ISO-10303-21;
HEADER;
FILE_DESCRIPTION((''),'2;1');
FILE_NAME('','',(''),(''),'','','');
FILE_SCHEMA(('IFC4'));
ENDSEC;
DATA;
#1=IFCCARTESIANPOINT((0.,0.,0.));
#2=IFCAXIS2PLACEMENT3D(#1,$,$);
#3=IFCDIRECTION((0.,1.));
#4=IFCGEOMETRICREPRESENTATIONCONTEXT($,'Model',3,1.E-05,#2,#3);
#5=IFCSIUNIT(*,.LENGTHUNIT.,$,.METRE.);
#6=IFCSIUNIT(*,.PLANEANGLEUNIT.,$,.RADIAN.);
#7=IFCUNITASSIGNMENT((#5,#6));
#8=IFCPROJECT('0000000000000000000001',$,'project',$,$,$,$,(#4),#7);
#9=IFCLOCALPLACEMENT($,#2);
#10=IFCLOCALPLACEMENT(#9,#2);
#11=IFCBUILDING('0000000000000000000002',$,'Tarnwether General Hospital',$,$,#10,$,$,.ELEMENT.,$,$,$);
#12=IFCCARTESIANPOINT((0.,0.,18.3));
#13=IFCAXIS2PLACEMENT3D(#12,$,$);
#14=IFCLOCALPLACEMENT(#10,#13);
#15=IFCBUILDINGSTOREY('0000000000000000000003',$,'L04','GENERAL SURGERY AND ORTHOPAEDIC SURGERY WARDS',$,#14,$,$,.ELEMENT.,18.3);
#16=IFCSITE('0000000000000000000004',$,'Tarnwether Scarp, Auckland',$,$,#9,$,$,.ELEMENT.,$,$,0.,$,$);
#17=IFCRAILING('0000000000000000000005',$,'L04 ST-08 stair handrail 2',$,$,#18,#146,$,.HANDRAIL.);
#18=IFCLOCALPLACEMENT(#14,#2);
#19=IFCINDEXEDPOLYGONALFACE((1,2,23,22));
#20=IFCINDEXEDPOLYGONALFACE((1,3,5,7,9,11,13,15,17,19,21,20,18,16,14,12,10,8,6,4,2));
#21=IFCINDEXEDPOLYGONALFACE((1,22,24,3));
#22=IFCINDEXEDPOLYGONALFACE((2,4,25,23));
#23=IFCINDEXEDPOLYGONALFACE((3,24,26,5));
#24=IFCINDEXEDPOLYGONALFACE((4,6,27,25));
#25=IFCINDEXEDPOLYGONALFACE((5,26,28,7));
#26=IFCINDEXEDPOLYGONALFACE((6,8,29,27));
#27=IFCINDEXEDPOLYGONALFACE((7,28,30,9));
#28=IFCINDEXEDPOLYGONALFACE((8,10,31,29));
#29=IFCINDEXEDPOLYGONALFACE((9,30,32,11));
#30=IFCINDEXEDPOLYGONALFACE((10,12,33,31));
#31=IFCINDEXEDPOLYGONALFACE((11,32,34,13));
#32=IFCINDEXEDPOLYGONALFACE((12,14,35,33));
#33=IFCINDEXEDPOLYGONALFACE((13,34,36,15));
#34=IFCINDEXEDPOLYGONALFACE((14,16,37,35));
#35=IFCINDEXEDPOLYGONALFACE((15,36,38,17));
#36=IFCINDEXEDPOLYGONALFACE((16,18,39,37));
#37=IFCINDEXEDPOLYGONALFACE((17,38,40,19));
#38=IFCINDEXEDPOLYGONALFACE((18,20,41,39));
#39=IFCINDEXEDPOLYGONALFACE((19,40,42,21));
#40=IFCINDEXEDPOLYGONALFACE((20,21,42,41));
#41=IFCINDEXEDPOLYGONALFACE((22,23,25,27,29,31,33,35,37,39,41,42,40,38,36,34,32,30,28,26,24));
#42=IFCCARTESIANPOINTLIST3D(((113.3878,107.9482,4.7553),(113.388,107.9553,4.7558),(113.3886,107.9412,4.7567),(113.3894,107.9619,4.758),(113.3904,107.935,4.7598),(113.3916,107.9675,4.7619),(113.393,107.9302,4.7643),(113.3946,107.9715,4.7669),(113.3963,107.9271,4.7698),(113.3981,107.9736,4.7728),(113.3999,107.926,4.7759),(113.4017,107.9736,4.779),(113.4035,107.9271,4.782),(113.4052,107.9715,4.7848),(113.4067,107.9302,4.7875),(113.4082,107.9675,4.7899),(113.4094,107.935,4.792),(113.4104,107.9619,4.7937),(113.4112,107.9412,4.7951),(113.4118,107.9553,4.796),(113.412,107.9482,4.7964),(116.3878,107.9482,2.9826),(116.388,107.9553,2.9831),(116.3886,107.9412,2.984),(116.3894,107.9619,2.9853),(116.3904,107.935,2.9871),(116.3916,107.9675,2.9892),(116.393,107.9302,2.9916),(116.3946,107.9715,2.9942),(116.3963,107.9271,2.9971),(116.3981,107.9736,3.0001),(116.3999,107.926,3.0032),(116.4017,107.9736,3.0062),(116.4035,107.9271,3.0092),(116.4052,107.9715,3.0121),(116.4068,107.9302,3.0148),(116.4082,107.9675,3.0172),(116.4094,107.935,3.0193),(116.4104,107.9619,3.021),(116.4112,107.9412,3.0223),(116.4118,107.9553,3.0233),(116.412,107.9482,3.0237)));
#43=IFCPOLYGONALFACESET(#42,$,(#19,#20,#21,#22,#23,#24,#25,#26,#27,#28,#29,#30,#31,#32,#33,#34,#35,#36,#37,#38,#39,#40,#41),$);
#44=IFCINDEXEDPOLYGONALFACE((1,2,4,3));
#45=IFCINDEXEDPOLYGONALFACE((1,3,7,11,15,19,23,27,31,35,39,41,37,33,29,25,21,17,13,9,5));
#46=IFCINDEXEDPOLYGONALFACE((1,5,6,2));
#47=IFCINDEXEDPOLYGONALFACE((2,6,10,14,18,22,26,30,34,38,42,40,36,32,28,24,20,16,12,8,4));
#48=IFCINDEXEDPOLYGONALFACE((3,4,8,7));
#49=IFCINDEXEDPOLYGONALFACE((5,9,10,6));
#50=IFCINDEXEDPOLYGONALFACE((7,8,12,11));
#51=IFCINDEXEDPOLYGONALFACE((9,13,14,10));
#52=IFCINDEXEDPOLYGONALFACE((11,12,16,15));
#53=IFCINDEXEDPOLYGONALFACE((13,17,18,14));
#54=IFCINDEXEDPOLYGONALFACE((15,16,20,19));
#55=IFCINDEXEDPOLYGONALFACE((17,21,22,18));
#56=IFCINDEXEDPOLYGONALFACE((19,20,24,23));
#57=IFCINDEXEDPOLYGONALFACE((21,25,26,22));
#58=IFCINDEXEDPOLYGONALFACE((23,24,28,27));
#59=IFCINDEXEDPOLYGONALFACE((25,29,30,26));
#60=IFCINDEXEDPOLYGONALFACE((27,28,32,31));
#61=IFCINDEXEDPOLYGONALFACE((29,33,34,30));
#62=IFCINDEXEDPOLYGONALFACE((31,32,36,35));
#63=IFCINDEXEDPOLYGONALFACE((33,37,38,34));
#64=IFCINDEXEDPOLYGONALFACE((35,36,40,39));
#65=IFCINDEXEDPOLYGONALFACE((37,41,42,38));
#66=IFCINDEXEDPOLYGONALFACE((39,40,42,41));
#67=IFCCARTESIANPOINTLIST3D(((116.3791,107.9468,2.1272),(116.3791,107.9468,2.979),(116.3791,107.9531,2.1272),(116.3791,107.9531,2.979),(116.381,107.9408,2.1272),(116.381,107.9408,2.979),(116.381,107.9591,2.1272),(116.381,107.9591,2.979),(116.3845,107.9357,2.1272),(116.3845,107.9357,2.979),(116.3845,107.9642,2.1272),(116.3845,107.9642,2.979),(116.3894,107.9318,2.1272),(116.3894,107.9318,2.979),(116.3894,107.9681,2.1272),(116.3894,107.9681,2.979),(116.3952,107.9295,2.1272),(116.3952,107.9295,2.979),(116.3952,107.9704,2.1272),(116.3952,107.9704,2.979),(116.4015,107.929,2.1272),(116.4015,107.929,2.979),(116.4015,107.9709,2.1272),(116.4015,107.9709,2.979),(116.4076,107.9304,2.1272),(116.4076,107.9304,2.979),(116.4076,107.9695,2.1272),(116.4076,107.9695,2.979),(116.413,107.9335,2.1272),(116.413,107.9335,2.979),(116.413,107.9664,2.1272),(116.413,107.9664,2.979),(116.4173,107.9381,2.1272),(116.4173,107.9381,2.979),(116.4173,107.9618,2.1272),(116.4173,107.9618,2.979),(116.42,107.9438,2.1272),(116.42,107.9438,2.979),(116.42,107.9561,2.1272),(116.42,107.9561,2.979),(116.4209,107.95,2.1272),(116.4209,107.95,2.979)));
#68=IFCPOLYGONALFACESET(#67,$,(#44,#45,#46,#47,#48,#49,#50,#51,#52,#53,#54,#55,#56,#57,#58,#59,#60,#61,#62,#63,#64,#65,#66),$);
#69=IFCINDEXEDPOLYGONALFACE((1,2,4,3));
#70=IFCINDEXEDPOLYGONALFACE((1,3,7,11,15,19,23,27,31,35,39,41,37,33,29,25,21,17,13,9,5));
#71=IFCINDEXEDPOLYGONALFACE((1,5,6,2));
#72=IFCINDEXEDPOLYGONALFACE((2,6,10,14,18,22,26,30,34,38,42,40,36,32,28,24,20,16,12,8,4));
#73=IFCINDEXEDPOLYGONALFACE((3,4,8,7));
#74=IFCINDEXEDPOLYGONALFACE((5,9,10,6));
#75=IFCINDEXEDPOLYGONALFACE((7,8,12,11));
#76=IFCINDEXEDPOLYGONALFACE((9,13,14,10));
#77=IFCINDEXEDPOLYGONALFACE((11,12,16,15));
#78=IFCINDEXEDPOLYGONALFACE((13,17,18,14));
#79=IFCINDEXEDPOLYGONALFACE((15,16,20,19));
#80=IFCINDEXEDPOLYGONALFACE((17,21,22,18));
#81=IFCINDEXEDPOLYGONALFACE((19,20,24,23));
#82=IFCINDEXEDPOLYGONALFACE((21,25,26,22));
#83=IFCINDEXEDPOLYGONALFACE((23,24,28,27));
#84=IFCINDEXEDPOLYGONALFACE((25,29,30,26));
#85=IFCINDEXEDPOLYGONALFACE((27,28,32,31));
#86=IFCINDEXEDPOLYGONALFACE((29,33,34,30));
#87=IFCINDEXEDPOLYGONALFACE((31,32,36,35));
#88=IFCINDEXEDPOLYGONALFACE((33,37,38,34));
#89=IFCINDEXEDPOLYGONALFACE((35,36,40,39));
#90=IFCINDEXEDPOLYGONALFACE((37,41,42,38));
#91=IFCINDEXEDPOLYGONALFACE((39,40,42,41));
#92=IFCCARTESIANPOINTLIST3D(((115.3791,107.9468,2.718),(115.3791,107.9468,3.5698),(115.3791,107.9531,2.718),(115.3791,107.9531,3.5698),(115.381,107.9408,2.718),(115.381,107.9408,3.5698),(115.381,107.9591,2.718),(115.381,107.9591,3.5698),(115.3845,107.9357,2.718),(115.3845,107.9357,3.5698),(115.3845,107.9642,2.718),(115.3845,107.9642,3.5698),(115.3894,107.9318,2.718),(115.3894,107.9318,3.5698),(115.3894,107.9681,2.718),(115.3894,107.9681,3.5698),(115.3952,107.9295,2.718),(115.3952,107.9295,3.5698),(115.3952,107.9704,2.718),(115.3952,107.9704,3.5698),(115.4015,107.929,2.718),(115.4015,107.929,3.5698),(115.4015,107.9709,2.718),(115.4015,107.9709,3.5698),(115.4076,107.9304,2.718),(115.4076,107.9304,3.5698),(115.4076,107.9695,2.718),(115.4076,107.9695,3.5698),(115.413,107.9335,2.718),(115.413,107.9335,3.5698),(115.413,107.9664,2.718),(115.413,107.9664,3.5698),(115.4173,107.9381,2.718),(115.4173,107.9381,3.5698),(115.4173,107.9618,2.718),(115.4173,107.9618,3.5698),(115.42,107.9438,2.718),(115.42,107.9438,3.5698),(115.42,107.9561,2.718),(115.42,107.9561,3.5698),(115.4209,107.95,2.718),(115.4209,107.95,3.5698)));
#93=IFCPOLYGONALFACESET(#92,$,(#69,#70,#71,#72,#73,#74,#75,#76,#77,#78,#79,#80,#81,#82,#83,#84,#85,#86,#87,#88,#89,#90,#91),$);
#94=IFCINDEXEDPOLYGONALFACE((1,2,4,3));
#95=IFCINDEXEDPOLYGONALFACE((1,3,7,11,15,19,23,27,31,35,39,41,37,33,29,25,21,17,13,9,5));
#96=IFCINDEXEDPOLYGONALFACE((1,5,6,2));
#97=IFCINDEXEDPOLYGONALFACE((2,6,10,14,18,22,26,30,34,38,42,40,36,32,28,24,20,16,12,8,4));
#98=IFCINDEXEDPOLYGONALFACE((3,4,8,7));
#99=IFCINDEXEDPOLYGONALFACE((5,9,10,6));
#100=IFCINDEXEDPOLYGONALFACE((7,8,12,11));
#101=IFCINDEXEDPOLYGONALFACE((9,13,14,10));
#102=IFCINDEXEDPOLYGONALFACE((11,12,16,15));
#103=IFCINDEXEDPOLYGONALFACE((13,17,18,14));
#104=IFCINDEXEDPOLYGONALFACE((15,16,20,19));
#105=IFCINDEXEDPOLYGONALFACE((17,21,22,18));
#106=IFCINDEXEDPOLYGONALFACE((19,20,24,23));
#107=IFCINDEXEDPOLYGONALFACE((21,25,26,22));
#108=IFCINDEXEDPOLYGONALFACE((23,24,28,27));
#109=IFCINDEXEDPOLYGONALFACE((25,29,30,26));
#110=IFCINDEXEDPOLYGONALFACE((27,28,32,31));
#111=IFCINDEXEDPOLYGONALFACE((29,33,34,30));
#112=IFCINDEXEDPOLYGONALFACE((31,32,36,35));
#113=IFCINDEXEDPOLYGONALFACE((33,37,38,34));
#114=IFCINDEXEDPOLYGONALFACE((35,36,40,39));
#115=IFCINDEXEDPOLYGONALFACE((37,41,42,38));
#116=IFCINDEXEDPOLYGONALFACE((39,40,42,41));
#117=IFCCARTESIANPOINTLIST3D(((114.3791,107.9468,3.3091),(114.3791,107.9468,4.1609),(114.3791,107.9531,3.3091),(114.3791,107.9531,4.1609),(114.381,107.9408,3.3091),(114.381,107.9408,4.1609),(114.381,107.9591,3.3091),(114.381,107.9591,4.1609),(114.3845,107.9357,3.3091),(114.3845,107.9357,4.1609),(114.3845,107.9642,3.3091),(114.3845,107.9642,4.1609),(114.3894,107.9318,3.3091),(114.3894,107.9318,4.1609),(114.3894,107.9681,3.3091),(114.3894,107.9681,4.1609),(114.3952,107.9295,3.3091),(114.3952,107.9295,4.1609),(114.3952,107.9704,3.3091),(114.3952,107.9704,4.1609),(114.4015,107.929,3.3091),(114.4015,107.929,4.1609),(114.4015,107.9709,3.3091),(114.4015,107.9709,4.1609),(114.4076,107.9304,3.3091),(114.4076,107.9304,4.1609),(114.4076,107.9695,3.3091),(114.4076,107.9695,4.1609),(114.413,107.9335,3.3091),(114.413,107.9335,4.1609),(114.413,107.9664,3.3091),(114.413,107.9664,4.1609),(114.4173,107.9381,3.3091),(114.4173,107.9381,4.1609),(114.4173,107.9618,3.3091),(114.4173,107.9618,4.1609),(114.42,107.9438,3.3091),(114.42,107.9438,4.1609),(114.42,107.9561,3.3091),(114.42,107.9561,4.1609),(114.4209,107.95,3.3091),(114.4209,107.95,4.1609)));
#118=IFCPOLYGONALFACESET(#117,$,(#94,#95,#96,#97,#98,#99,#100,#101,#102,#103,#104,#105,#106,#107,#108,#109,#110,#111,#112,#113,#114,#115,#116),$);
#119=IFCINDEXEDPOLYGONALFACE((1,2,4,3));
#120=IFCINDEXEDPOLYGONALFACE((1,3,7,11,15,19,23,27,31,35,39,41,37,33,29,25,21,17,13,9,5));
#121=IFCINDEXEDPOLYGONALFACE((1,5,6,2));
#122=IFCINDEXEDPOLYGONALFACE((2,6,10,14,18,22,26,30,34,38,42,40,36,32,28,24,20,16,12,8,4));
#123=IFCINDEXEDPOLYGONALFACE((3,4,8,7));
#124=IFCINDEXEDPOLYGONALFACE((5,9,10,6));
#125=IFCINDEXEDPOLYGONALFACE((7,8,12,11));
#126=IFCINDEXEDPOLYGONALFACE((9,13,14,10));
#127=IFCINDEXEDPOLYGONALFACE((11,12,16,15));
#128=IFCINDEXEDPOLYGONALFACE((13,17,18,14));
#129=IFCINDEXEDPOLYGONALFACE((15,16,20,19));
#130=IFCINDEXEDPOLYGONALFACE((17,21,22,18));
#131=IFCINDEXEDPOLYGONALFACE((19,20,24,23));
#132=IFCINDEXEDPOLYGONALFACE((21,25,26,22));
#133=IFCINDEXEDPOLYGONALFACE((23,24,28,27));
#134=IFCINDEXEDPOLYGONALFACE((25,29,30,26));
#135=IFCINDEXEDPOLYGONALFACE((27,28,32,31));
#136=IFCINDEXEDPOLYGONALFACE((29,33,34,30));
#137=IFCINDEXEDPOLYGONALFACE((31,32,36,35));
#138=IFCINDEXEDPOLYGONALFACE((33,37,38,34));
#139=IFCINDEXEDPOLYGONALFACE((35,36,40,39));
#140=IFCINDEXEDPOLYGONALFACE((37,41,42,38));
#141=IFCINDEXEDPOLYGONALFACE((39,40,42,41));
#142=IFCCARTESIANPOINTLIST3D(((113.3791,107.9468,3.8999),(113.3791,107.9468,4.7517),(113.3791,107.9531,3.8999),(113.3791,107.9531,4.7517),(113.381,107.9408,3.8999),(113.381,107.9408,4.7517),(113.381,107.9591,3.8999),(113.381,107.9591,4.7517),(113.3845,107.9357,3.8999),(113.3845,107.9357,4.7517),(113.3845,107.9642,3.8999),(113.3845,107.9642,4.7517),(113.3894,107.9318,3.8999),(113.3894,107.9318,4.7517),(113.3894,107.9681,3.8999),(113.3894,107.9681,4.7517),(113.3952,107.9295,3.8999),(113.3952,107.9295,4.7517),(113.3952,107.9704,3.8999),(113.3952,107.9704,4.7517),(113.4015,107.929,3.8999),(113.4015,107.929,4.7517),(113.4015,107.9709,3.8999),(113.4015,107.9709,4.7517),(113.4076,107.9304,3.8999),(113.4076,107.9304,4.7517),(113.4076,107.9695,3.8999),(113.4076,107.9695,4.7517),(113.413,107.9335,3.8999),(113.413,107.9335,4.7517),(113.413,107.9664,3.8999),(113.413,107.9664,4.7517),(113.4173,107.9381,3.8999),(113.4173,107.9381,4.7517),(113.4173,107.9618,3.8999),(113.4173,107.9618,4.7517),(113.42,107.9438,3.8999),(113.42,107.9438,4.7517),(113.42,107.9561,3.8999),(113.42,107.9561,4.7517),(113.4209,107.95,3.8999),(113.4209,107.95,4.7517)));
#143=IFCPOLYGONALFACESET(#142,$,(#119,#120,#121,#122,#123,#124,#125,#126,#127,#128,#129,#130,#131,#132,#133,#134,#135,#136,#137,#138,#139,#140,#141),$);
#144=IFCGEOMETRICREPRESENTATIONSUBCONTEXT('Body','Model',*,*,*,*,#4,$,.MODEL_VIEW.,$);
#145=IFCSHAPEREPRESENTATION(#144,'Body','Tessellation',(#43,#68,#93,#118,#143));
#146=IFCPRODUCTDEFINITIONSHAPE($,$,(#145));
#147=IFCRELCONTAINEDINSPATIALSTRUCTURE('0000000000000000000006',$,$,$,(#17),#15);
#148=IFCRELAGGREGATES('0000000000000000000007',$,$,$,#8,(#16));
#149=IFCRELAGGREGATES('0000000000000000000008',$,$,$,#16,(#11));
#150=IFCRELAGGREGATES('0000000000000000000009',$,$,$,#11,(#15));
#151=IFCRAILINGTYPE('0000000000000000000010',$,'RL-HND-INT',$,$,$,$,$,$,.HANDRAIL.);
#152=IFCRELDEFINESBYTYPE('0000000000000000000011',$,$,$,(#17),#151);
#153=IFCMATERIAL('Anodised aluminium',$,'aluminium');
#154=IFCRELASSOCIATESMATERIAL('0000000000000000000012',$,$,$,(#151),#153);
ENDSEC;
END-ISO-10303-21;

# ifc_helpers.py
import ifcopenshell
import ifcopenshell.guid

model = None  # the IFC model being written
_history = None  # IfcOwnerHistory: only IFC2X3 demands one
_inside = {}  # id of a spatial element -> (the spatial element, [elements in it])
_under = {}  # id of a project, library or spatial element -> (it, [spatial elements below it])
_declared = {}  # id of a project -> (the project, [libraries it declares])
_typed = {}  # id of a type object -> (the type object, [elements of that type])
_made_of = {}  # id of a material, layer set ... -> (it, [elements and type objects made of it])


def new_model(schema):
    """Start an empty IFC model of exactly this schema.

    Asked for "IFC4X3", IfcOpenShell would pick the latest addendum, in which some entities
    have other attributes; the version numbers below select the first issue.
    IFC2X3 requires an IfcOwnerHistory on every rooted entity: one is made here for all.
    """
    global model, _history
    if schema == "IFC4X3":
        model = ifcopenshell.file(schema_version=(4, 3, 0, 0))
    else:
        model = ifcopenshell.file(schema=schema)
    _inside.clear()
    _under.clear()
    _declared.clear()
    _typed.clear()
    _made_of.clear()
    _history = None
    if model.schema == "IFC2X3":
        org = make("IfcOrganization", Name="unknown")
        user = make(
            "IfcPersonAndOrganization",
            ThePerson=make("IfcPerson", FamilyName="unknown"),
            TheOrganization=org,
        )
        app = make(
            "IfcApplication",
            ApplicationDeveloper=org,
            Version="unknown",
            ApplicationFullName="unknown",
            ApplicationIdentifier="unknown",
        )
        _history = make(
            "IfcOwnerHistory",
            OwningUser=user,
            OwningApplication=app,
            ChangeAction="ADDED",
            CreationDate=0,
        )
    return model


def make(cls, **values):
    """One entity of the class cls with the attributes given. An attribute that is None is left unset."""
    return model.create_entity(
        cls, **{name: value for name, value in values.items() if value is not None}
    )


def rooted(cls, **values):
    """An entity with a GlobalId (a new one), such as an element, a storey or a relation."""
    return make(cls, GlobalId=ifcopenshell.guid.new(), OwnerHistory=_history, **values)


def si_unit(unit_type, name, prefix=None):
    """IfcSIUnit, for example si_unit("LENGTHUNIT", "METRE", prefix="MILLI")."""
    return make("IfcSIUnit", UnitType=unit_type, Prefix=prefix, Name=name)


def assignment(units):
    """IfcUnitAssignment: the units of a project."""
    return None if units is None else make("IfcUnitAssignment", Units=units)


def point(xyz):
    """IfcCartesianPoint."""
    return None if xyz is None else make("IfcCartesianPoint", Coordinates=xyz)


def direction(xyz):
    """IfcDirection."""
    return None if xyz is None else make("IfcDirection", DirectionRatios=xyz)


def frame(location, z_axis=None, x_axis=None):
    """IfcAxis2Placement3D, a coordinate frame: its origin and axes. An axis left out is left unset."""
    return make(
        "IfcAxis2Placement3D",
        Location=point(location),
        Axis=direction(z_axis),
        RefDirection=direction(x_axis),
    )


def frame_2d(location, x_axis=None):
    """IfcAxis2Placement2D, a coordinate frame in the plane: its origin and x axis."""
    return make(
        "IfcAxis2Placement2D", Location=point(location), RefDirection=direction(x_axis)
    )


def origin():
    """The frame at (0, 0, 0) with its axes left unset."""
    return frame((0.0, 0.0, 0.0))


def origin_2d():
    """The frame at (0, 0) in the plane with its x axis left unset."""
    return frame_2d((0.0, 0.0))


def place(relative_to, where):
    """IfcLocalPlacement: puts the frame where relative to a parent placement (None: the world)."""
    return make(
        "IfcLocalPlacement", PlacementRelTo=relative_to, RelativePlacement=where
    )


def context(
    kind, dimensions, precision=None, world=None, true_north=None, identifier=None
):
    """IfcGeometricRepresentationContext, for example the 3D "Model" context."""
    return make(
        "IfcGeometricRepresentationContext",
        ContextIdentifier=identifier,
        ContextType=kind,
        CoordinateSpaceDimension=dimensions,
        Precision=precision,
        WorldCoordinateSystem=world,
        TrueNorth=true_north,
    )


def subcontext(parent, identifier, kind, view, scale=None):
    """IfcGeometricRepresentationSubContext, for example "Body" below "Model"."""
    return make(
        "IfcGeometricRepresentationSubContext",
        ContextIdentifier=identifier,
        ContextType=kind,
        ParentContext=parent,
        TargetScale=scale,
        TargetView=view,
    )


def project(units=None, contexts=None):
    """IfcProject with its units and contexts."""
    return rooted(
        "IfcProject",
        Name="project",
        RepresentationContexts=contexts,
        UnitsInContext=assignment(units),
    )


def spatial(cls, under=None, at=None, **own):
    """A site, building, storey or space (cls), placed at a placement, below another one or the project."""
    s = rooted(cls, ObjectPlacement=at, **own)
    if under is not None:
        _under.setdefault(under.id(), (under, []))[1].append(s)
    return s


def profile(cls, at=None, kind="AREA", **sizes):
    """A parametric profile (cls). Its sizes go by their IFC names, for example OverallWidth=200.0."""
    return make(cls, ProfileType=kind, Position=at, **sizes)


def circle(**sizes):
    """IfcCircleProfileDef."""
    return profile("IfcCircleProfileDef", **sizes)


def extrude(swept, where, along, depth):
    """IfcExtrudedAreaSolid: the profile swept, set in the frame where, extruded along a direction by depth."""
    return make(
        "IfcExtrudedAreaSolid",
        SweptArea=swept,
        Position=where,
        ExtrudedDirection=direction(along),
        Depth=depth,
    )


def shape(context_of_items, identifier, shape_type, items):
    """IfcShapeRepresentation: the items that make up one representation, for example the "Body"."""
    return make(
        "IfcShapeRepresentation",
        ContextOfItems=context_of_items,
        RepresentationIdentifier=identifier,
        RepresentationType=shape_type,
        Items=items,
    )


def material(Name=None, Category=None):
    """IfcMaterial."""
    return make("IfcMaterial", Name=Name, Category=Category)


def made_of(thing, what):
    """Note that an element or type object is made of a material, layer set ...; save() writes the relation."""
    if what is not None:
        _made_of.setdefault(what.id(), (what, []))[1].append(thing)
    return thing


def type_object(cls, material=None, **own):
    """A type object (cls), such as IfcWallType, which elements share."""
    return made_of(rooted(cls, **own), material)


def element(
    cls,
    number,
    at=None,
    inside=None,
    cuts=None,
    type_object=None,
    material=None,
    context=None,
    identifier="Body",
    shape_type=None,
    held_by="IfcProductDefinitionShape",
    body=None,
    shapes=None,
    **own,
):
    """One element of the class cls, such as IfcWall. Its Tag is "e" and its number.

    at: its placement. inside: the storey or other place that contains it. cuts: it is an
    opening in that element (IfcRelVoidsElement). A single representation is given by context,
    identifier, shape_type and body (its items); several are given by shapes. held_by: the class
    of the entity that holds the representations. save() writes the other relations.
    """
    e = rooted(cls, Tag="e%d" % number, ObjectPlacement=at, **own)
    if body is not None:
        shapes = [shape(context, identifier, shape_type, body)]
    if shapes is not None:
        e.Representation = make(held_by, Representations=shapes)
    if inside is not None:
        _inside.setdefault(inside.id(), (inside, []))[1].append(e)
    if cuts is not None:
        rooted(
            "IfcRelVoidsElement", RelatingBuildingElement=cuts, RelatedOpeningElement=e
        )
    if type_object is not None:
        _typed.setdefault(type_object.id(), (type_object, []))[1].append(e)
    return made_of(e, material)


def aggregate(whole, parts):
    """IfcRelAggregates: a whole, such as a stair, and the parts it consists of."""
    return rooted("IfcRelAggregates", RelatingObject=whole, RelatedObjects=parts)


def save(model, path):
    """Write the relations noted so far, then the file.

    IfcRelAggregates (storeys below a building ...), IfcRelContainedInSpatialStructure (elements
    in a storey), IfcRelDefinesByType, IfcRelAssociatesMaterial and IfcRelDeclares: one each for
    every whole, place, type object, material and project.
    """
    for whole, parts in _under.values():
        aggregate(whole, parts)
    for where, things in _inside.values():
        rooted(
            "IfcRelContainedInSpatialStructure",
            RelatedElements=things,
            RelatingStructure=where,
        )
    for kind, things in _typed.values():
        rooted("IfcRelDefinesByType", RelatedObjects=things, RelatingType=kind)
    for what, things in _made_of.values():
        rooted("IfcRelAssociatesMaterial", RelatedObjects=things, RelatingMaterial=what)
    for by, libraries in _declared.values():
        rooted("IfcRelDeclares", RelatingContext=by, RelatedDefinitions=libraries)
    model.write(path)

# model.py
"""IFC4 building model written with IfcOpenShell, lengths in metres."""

from ifc_helpers import new_model, si_unit, direction, frame, origin, origin_2d, place, context, subcontext, project, spatial, circle, extrude, material, type_object, element, save


model = new_model("IFC4")

# Units and contexts
model_context = context("Model", 3, precision=1e-05, world=origin(), true_north=direction((0.0, 1.0)))
body_context = subcontext(model_context, "Body", "Model", "MODEL_VIEW")
ifc_project = project(units=[si_unit("LENGTHUNIT", "METRE"), si_unit("PLANEANGLEUNIT", "RADIAN")], contexts=[model_context])

# Site, building, storey
site_placement = place(None, origin())
site = spatial("IfcSite", under=ifc_project, at=site_placement, Name="Tarnwether Scarp, Auckland", CompositionType="ELEMENT", RefElevation=0.0)
building_placement = place(site_placement, origin())
building = spatial("IfcBuilding", under=site, at=building_placement, Name="Tarnwether General Hospital", CompositionType="ELEMENT")
storey_placement = place(building_placement, frame((0.0, 0.0, 18.3)))
storey = spatial("IfcBuildingStorey", under=building, at=storey_placement, Name="L04", Description="GENERAL SURGERY AND ORTHOPAEDIC SURGERY WARDS", CompositionType="ELEMENT", Elevation=18.3)

# Railing
ifc_material_1 = material(Name="Anodised aluminium", Category="aluminium")
railing_type_1 = type_object("IfcRailingType", Name="RL-HND-INT", PredefinedType="HANDRAIL", material=ifc_material_1)
railing_1_placement = place(storey_placement, frame((116.3999, 107.95, 2.1272)))
element("IfcRailing", 1, at=railing_1_placement, inside=storey, type_object=railing_type_1, Name="L04 ST-08 stair handrail 2", PredefinedType="HANDRAIL", context=body_context, shape_type="SweptSolid", body=[
    extrude(circle(Radius=0.0239, at=origin_2d()), frame((0.0, 0.0, 0.876), z_axis=(-0.860929, 0.0, 0.508725), x_axis=(0.0, -1.0, 0.0)), (0.0, 0.0, 1.0), 3.4846),
    extrude(circle(Radius=0.021, at=origin_2d()), origin(), (0.0, 0.0, 1.0), 0.8518),
    extrude(circle(Radius=0.021, at=origin_2d()), frame((-1.0, 0.0, 0.5908)), (0.0, 0.0, 1.0), 0.8518),
    extrude(circle(Radius=0.021, at=origin_2d()), frame((-2.0, 0.0, 1.1819)), (0.0, 0.0, 1.0), 0.8518),
    extrude(circle(Radius=0.021, at=origin_2d()), frame((-3.0, 0.0, 1.7727)), (0.0, 0.0, 1.0), 0.8518),
])

save(model, "model.ifc")
